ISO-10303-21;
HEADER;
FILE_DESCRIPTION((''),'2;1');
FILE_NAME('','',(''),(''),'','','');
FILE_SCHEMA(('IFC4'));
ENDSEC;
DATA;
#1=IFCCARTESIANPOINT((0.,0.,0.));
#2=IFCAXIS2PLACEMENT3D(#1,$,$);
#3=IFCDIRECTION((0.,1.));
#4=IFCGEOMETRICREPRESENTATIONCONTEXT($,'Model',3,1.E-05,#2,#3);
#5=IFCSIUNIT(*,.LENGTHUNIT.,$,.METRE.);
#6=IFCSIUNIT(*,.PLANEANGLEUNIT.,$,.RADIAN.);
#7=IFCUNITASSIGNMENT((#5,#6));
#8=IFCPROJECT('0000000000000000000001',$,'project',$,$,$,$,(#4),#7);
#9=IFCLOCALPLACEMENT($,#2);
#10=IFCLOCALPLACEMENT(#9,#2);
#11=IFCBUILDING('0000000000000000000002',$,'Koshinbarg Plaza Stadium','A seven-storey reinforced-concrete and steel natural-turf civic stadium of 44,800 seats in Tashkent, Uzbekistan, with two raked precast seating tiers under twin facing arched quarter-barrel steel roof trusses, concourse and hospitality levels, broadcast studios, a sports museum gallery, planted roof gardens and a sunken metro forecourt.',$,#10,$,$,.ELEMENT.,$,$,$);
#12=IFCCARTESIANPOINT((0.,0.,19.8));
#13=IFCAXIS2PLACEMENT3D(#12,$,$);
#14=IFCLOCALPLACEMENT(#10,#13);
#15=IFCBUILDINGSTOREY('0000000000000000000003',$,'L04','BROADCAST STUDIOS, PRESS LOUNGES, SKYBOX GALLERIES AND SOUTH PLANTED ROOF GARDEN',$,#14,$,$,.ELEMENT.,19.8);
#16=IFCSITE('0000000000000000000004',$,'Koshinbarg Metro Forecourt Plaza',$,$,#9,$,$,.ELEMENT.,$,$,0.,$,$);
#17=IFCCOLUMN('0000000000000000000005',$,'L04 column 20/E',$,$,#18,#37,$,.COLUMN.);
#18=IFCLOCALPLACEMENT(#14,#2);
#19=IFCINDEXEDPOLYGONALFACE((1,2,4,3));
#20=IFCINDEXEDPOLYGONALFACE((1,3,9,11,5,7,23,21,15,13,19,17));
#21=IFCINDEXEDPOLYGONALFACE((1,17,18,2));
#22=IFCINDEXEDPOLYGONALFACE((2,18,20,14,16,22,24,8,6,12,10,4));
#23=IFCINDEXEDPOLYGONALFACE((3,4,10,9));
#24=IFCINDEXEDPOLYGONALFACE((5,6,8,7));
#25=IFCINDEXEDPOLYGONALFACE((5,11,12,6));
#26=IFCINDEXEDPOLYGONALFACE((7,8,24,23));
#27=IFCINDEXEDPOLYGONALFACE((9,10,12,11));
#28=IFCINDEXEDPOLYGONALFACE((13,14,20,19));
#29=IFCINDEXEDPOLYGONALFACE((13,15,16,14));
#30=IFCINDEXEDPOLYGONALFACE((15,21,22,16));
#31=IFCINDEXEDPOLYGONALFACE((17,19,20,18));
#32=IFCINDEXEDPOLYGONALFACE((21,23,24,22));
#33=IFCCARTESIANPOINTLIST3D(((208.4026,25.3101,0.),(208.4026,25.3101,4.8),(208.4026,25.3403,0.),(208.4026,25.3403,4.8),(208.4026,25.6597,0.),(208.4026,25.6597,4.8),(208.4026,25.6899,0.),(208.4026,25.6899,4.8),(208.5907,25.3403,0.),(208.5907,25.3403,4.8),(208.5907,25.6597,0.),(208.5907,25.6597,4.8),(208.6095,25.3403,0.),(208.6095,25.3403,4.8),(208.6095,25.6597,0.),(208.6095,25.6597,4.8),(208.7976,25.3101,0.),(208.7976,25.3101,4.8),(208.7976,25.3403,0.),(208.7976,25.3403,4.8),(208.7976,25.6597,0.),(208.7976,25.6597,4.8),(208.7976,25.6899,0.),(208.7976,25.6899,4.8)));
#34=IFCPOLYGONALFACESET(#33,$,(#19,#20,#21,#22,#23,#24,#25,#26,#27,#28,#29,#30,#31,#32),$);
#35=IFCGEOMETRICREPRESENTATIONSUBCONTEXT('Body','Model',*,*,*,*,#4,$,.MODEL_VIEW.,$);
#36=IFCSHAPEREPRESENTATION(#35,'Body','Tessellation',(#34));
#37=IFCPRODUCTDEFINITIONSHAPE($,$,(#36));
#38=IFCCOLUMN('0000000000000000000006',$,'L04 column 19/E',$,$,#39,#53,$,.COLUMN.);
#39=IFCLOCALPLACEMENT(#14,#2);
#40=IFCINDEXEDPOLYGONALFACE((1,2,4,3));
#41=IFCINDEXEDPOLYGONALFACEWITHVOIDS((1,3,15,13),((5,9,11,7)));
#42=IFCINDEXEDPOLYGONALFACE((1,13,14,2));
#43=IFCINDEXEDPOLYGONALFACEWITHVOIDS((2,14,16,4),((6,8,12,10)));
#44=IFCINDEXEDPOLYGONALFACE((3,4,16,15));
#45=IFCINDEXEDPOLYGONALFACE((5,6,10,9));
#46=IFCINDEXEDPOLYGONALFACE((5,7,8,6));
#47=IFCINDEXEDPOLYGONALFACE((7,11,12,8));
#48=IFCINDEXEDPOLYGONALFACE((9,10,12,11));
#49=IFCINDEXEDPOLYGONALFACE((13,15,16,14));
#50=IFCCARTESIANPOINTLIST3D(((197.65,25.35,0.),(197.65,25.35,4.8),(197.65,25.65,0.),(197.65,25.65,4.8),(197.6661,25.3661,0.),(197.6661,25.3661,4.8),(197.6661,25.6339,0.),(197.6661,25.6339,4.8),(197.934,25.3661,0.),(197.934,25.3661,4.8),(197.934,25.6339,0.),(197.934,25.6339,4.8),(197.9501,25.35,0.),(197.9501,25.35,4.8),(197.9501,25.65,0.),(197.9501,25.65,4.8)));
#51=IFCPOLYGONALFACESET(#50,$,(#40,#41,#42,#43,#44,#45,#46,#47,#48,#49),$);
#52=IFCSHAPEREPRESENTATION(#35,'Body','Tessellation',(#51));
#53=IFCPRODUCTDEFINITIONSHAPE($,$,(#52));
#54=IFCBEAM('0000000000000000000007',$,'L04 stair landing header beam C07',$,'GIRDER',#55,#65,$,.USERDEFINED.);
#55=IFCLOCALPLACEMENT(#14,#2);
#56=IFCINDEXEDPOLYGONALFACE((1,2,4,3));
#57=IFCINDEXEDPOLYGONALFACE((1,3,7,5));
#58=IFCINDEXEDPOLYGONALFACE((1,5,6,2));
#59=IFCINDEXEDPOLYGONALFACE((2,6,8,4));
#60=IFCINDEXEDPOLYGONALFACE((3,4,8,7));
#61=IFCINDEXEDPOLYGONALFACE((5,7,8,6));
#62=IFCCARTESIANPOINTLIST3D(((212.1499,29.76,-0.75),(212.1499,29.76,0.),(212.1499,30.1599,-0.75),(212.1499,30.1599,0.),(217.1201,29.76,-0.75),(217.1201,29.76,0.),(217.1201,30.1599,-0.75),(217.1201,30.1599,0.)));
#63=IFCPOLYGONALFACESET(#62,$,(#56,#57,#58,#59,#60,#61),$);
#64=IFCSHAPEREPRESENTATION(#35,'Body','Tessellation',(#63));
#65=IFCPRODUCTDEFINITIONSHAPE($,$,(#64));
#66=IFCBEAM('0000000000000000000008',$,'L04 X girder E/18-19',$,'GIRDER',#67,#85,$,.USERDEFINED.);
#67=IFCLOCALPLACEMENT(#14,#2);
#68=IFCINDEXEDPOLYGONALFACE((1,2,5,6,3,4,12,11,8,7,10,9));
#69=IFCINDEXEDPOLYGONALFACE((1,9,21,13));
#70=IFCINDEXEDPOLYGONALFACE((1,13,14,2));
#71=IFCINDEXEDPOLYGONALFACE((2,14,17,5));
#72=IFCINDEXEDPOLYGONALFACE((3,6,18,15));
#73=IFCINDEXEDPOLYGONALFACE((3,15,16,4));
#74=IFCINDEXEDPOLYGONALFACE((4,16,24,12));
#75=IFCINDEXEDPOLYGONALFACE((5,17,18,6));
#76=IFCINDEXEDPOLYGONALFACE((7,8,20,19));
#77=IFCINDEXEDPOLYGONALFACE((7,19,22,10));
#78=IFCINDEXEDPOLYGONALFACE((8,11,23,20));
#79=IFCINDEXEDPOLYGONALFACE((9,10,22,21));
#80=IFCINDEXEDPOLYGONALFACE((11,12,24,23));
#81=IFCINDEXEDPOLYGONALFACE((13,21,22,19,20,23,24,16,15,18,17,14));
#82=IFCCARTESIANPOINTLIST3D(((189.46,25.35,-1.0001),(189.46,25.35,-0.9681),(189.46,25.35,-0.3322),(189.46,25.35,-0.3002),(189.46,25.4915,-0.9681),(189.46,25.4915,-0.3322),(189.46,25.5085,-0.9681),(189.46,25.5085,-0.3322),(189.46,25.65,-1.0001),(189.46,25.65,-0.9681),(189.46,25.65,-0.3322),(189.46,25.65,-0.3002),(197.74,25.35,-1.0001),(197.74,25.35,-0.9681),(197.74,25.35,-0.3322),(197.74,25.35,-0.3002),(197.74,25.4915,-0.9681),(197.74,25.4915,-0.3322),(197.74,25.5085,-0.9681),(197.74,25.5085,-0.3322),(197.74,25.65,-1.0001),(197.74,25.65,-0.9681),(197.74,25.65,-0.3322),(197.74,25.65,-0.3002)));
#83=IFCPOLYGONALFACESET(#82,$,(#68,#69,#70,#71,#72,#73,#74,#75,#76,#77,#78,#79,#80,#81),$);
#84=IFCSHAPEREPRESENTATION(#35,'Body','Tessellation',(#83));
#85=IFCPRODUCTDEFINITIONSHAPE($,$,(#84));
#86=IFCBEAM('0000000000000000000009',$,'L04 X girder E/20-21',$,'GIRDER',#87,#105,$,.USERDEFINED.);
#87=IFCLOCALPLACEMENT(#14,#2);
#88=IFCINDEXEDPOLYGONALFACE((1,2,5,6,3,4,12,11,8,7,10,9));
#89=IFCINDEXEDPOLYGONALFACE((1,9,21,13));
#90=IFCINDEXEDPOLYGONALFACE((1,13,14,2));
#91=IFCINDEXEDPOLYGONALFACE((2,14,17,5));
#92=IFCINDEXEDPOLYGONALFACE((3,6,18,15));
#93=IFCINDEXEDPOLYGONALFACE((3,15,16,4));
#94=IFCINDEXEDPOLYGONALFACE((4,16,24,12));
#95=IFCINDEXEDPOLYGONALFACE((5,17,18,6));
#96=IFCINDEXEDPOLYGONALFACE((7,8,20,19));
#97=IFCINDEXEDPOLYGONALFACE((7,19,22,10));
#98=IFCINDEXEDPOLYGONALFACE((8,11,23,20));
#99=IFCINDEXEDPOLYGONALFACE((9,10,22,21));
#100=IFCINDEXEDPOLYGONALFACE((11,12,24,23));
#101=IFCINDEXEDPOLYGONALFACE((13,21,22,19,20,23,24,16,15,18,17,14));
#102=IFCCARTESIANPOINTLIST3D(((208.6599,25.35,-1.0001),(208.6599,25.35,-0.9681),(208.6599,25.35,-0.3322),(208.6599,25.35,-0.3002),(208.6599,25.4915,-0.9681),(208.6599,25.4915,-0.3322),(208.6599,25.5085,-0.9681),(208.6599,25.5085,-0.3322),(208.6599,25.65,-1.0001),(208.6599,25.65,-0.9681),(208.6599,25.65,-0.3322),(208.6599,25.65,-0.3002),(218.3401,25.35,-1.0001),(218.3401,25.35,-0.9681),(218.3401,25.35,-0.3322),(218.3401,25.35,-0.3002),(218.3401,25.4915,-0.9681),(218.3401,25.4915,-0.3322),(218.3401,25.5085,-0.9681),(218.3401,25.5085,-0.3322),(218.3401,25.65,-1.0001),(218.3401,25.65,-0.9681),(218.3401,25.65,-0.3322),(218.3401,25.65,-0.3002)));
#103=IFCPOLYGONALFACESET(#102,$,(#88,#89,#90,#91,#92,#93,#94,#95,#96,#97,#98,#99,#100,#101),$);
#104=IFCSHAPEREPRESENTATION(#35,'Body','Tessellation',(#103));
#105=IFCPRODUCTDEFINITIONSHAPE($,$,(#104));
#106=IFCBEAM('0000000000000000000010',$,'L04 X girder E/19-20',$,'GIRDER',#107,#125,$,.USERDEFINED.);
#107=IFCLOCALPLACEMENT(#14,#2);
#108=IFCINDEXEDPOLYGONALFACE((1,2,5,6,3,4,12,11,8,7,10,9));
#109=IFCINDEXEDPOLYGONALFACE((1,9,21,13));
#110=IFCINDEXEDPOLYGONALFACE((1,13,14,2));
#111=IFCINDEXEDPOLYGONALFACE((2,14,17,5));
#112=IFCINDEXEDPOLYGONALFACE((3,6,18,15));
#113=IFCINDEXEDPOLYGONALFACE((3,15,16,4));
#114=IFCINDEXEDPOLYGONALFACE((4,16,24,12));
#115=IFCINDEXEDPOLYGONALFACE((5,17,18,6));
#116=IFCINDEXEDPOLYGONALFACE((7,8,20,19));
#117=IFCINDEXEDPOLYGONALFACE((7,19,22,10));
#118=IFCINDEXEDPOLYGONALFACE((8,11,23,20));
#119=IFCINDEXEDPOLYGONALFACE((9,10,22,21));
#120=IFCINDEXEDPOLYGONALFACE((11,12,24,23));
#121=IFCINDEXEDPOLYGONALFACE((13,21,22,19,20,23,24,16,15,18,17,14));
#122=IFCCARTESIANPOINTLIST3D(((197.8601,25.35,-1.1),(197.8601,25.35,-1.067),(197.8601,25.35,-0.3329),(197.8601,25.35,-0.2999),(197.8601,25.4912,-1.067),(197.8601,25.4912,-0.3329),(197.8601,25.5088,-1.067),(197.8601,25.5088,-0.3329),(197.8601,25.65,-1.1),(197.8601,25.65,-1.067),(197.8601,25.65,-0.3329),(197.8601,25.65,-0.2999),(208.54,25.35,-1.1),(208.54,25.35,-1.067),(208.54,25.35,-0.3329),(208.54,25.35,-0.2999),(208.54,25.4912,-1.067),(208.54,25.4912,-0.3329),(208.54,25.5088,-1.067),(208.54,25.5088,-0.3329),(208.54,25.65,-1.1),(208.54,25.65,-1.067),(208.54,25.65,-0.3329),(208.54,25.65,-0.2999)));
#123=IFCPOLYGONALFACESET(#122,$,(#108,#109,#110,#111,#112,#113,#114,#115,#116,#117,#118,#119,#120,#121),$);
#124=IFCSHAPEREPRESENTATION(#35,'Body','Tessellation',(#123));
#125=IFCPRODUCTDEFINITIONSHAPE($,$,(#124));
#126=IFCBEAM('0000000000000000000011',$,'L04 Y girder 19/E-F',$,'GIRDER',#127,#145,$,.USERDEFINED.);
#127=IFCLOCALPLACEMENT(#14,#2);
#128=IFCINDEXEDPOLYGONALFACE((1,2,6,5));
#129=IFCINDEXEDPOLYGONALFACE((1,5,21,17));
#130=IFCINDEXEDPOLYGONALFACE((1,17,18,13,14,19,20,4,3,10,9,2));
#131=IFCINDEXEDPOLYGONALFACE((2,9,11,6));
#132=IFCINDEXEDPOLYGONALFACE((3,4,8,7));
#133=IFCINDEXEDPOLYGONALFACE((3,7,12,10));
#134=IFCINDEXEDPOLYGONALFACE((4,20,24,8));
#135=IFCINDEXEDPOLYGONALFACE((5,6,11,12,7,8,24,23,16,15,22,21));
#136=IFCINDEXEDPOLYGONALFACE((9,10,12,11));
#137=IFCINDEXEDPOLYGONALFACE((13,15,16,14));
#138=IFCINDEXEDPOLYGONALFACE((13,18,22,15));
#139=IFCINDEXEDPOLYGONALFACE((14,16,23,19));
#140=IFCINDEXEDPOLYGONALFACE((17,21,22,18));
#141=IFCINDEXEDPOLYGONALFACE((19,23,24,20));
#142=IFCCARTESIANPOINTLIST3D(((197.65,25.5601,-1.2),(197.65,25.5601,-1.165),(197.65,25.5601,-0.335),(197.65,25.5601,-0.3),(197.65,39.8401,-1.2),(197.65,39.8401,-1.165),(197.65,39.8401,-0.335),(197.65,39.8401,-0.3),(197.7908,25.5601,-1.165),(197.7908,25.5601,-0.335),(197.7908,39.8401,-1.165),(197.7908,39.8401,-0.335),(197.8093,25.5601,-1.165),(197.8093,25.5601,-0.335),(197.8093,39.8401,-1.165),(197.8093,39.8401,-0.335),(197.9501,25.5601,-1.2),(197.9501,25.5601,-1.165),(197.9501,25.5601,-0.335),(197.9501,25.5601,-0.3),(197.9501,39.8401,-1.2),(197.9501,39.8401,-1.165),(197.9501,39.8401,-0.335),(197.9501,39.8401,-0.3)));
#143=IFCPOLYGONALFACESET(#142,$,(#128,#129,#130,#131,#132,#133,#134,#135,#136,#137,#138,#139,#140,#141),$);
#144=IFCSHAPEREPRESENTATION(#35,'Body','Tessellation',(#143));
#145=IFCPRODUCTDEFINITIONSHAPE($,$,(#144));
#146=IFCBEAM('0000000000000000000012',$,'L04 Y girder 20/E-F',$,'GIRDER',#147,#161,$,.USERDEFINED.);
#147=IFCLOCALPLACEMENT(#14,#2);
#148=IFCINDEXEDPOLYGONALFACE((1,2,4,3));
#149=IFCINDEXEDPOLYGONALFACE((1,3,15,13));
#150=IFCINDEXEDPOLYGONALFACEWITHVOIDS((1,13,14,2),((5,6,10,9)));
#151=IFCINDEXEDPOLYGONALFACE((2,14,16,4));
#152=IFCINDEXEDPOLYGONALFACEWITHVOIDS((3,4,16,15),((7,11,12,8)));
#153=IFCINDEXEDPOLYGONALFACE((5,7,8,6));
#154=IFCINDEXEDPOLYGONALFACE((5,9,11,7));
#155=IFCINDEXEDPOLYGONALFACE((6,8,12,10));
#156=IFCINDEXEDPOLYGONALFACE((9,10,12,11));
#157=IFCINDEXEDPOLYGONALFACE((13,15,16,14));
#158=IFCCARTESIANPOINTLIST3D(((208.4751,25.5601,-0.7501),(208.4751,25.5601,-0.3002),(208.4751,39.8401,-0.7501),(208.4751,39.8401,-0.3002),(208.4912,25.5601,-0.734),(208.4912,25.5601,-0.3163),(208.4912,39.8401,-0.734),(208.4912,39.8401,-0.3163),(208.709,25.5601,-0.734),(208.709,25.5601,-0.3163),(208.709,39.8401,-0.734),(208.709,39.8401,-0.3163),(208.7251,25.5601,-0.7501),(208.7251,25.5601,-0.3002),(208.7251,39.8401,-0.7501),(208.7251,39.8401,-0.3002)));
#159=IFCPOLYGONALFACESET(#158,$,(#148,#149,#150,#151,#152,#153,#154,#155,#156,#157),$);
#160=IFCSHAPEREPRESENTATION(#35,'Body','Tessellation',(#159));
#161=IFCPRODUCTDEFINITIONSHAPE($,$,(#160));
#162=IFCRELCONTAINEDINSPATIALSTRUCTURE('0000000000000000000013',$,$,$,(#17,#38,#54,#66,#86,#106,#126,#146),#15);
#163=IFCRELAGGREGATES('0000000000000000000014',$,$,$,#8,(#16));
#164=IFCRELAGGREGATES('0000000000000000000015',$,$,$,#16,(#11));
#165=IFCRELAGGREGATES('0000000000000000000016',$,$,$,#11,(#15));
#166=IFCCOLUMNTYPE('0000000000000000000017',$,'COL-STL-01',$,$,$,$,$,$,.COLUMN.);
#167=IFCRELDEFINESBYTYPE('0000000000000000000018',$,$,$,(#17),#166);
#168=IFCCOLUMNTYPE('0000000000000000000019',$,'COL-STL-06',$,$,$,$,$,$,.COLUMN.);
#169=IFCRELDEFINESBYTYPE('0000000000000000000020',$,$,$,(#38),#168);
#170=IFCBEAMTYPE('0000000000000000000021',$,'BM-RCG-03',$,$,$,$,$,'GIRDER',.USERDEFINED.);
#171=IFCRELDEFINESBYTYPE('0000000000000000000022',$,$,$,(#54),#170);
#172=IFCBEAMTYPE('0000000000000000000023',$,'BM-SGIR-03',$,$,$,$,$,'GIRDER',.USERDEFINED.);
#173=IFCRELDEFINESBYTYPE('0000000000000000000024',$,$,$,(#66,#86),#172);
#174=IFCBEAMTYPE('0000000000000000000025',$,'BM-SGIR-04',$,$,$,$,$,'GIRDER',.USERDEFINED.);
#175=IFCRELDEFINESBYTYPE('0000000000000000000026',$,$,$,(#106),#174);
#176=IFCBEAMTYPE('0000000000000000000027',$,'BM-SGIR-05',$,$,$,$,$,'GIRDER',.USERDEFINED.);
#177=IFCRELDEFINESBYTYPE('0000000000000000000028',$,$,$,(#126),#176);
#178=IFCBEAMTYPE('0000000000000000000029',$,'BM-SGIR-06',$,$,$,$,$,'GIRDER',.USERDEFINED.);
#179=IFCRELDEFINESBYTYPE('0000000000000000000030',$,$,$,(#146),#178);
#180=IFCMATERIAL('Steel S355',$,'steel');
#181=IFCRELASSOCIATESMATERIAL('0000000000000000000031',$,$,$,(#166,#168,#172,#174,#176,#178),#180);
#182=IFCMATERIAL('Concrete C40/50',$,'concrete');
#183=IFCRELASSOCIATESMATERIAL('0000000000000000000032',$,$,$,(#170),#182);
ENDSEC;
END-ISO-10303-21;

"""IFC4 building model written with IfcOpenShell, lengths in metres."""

from ifc_helpers import new_model, si_unit, direction, frame, origin, origin_2d, place, context, subcontext, project, spatial, rectangle, hollow_rectangle, i_section, extrude, material, material_profile, profile_set, type_object, element, save


model = new_model("IFC4")

# Units and contexts
model_context = context("Model", 3, precision=1e-05, world=origin(), true_north=direction((0.0, 1.0)))
body_context = subcontext(model_context, "Body", "Model", "MODEL_VIEW")
ifc_project = project(units=[si_unit("LENGTHUNIT", "METRE"), si_unit("PLANEANGLEUNIT", "RADIAN")], contexts=[model_context])

# Site, building, storey
site_placement = place(None, origin())
site = spatial("IfcSite", under=ifc_project, at=site_placement, Name="Koshinbarg Metro Forecourt Plaza", CompositionType="ELEMENT", RefElevation=0.0)
building_placement = place(site_placement, origin())
building = spatial("IfcBuilding", under=site, at=building_placement, Name="Koshinbarg Plaza Stadium", Description="A seven-storey reinforced-concrete and steel natural-turf civic stadium of 44,800 seats in Tashkent, Uzbekistan, with two raked precast seating tiers under twin facing arched quarter-barrel steel roof trusses, concourse and hospitality levels, broadcast studios, a sports museum gallery, planted roof gardens and a sunken metro forecourt.", CompositionType="ELEMENT")
storey_placement = place(building_placement, frame((0.0, 0.0, 19.8)))
storey = spatial("IfcBuildingStorey", under=building, at=storey_placement, Name="L04", Description="BROADCAST STUDIOS, PRESS LOUNGES, SKYBOX GALLERIES AND SOUTH PLANTED ROOF GARDEN", CompositionType="ELEMENT", Elevation=19.8)

# Columns
ifc_material_1 = material(Name="Steel S355", Category="steel")
ifc_material_profile_1 = material_profile(ifc_material_1, i_section(OverallWidth=0.395, OverallDepth=0.3799, WebThickness=0.0188, FlangeThickness=0.0303, at=origin_2d()), Name="HD 400x237")
ifc_profile_set_1 = profile_set([ifc_material_profile_1], Name="Steel S355")
column_type_1 = type_object("IfcColumnType", Name="COL-STL-01", PredefinedType="COLUMN", material=ifc_profile_set_1)
column_1_placement = place(storey_placement, frame((208.6001, 25.5, 0.0), z_axis=(0.0, 0.0, 1.0), x_axis=(1.0, 0.0, 0.0)))
element("IfcColumn", 1, at=column_1_placement, inside=storey, type_object=column_type_1, Name="L04 column 20/E", PredefinedType="COLUMN", context=body_context, shape_type="SweptSolid", body=[
    extrude(i_section(OverallWidth=0.395, OverallDepth=0.3799, WebThickness=0.0188, FlangeThickness=0.0303, at=origin_2d()), origin(), (0.0, 0.0, 1.0), 4.8),
])
ifc_material_profile_2 = material_profile(ifc_material_1, hollow_rectangle(XDim=0.3, YDim=0.3, WallThickness=0.0161, at=origin_2d()), Name="SHS 300x300x16")
ifc_profile_set_2 = profile_set([ifc_material_profile_2], Name="Steel S355")
column_type_2 = type_object("IfcColumnType", Name="COL-STL-06", PredefinedType="COLUMN", material=ifc_profile_set_2)
column_2_placement = place(storey_placement, frame((197.8, 25.5, 0.0), z_axis=(0.0, 0.0, 1.0), x_axis=(1.0, 0.0, 0.0)))
element("IfcColumn", 2, at=column_2_placement, inside=storey, type_object=column_type_2, Name="L04 column 19/E", PredefinedType="COLUMN", context=body_context, shape_type="SweptSolid", body=[
    extrude(hollow_rectangle(XDim=0.3, YDim=0.3, WallThickness=0.0161, at=origin_2d()), origin(), (0.0, 0.0, 1.0), 4.8),
])

# Beams
ifc_material_2 = material(Name="Concrete C40/50", Category="concrete")
ifc_material_profile_3 = material_profile(ifc_material_2, rectangle(XDim=0.3999, YDim=0.75, at=origin_2d()), Name="RC 400x750")
ifc_profile_set_3 = profile_set([ifc_material_profile_3], Name="Concrete C40/50")
beam_type_1 = type_object("IfcBeamType", Name="BM-RCG-03", ElementType="GIRDER", PredefinedType="USERDEFINED", material=ifc_profile_set_3)
beam_1_placement = place(storey_placement, frame((212.1499, 29.96, -0.375), z_axis=(1.0, 0.0, 0.0), x_axis=(0.0, 1.0, 0.0)))
element("IfcBeam", 3, at=beam_1_placement, inside=storey, type_object=beam_type_1, Name="L04 stair landing header beam C07", ObjectType="GIRDER", PredefinedType="USERDEFINED", context=body_context, shape_type="SweptSolid", body=[
    extrude(rectangle(XDim=0.3999, YDim=0.75, at=origin_2d()), origin(), (0.0, 0.0, 1.0), 4.9702),
])
ifc_material_profile_4 = material_profile(ifc_material_1, i_section(OverallWidth=0.3, OverallDepth=0.7, WebThickness=0.0171, FlangeThickness=0.032, at=origin_2d()), Name="HEB 700")
ifc_profile_set_4 = profile_set([ifc_material_profile_4], Name="Steel S355")
beam_type_2 = type_object("IfcBeamType", Name="BM-SGIR-03", ElementType="GIRDER", PredefinedType="USERDEFINED", material=ifc_profile_set_4)
beam_2_placement = place(storey_placement, frame((189.46, 25.5, -0.6501), z_axis=(1.0, 0.0, 0.0), x_axis=(0.0, 1.0, 0.0)))
element("IfcBeam", 4, at=beam_2_placement, inside=storey, type_object=beam_type_2, Name="L04 X girder E/18-19", ObjectType="GIRDER", PredefinedType="USERDEFINED", context=body_context, shape_type="SweptSolid", body=[
    extrude(i_section(OverallWidth=0.3, OverallDepth=0.7, WebThickness=0.0171, FlangeThickness=0.032, at=origin_2d()), origin(), (0.0, 0.0, 1.0), 8.28),
])
beam_3_placement = place(storey_placement, frame((208.6599, 25.5, -0.6501), z_axis=(1.0, 0.0, 0.0), x_axis=(0.0, 1.0, 0.0)))
element("IfcBeam", 5, at=beam_3_placement, inside=storey, type_object=beam_type_2, Name="L04 X girder E/20-21", ObjectType="GIRDER", PredefinedType="USERDEFINED", context=body_context, shape_type="SweptSolid", body=[
    extrude(i_section(OverallWidth=0.3, OverallDepth=0.7, WebThickness=0.0171, FlangeThickness=0.032, at=origin_2d()), origin(), (0.0, 0.0, 1.0), 9.6802),
])
ifc_material_profile_5 = material_profile(ifc_material_1, i_section(OverallWidth=0.3, OverallDepth=0.8, WebThickness=0.0176, FlangeThickness=0.033, at=origin_2d()), Name="HEB 800")
ifc_profile_set_5 = profile_set([ifc_material_profile_5], Name="Steel S355")
beam_type_3 = type_object("IfcBeamType", Name="BM-SGIR-04", ElementType="GIRDER", PredefinedType="USERDEFINED", material=ifc_profile_set_5)
beam_4_placement = place(storey_placement, frame((197.8601, 25.5, -0.7), z_axis=(1.0, 0.0, 0.0), x_axis=(0.0, 1.0, 0.0)))
element("IfcBeam", 6, at=beam_4_placement, inside=storey, type_object=beam_type_3, Name="L04 X girder E/19-20", ObjectType="GIRDER", PredefinedType="USERDEFINED", context=body_context, shape_type="SweptSolid", body=[
    extrude(i_section(OverallWidth=0.3, OverallDepth=0.8, WebThickness=0.0176, FlangeThickness=0.033, at=origin_2d()), origin(), (0.0, 0.0, 1.0), 10.6799),
])
ifc_material_profile_6 = material_profile(ifc_material_1, i_section(OverallWidth=0.3, OverallDepth=0.8999, WebThickness=0.0186, FlangeThickness=0.0349, at=origin_2d()), Name="HEB 900")
ifc_profile_set_6 = profile_set([ifc_material_profile_6], Name="Steel S355")
beam_type_4 = type_object("IfcBeamType", Name="BM-SGIR-05", ElementType="GIRDER", PredefinedType="USERDEFINED", material=ifc_profile_set_6)
beam_5_placement = place(storey_placement, frame((197.8, 25.5601, -0.75), z_axis=(0.0, 1.0, 0.0), x_axis=(-1.0, 0.0, 0.0)))
element("IfcBeam", 7, at=beam_5_placement, inside=storey, type_object=beam_type_4, Name="L04 Y girder 19/E-F", ObjectType="GIRDER", PredefinedType="USERDEFINED", context=body_context, shape_type="SweptSolid", body=[
    extrude(i_section(OverallWidth=0.3, OverallDepth=0.8999, WebThickness=0.0186, FlangeThickness=0.0349, at=origin_2d()), origin(), (0.0, 0.0, 1.0), 14.28),
])
ifc_material_profile_7 = material_profile(ifc_material_1, hollow_rectangle(XDim=0.25, YDim=0.45, WallThickness=0.0161, at=origin_2d()), Name="RHS 450x250x16")
ifc_profile_set_7 = profile_set([ifc_material_profile_7], Name="Steel S355")
beam_type_5 = type_object("IfcBeamType", Name="BM-SGIR-06", ElementType="GIRDER", PredefinedType="USERDEFINED", material=ifc_profile_set_7)
beam_6_placement = place(storey_placement, frame((208.6001, 25.5601, -0.5251), z_axis=(0.0, 1.0, 0.0), x_axis=(-1.0, 0.0, 0.0)))
element("IfcBeam", 8, at=beam_6_placement, inside=storey, type_object=beam_type_5, Name="L04 Y girder 20/E-F", ObjectType="GIRDER", PredefinedType="USERDEFINED", context=body_context, shape_type="SweptSolid", body=[
    extrude(hollow_rectangle(XDim=0.25, YDim=0.45, WallThickness=0.0161, at=origin_2d()), origin(), (0.0, 0.0, 1.0), 14.28),
])

save(model, "model.ifc")
